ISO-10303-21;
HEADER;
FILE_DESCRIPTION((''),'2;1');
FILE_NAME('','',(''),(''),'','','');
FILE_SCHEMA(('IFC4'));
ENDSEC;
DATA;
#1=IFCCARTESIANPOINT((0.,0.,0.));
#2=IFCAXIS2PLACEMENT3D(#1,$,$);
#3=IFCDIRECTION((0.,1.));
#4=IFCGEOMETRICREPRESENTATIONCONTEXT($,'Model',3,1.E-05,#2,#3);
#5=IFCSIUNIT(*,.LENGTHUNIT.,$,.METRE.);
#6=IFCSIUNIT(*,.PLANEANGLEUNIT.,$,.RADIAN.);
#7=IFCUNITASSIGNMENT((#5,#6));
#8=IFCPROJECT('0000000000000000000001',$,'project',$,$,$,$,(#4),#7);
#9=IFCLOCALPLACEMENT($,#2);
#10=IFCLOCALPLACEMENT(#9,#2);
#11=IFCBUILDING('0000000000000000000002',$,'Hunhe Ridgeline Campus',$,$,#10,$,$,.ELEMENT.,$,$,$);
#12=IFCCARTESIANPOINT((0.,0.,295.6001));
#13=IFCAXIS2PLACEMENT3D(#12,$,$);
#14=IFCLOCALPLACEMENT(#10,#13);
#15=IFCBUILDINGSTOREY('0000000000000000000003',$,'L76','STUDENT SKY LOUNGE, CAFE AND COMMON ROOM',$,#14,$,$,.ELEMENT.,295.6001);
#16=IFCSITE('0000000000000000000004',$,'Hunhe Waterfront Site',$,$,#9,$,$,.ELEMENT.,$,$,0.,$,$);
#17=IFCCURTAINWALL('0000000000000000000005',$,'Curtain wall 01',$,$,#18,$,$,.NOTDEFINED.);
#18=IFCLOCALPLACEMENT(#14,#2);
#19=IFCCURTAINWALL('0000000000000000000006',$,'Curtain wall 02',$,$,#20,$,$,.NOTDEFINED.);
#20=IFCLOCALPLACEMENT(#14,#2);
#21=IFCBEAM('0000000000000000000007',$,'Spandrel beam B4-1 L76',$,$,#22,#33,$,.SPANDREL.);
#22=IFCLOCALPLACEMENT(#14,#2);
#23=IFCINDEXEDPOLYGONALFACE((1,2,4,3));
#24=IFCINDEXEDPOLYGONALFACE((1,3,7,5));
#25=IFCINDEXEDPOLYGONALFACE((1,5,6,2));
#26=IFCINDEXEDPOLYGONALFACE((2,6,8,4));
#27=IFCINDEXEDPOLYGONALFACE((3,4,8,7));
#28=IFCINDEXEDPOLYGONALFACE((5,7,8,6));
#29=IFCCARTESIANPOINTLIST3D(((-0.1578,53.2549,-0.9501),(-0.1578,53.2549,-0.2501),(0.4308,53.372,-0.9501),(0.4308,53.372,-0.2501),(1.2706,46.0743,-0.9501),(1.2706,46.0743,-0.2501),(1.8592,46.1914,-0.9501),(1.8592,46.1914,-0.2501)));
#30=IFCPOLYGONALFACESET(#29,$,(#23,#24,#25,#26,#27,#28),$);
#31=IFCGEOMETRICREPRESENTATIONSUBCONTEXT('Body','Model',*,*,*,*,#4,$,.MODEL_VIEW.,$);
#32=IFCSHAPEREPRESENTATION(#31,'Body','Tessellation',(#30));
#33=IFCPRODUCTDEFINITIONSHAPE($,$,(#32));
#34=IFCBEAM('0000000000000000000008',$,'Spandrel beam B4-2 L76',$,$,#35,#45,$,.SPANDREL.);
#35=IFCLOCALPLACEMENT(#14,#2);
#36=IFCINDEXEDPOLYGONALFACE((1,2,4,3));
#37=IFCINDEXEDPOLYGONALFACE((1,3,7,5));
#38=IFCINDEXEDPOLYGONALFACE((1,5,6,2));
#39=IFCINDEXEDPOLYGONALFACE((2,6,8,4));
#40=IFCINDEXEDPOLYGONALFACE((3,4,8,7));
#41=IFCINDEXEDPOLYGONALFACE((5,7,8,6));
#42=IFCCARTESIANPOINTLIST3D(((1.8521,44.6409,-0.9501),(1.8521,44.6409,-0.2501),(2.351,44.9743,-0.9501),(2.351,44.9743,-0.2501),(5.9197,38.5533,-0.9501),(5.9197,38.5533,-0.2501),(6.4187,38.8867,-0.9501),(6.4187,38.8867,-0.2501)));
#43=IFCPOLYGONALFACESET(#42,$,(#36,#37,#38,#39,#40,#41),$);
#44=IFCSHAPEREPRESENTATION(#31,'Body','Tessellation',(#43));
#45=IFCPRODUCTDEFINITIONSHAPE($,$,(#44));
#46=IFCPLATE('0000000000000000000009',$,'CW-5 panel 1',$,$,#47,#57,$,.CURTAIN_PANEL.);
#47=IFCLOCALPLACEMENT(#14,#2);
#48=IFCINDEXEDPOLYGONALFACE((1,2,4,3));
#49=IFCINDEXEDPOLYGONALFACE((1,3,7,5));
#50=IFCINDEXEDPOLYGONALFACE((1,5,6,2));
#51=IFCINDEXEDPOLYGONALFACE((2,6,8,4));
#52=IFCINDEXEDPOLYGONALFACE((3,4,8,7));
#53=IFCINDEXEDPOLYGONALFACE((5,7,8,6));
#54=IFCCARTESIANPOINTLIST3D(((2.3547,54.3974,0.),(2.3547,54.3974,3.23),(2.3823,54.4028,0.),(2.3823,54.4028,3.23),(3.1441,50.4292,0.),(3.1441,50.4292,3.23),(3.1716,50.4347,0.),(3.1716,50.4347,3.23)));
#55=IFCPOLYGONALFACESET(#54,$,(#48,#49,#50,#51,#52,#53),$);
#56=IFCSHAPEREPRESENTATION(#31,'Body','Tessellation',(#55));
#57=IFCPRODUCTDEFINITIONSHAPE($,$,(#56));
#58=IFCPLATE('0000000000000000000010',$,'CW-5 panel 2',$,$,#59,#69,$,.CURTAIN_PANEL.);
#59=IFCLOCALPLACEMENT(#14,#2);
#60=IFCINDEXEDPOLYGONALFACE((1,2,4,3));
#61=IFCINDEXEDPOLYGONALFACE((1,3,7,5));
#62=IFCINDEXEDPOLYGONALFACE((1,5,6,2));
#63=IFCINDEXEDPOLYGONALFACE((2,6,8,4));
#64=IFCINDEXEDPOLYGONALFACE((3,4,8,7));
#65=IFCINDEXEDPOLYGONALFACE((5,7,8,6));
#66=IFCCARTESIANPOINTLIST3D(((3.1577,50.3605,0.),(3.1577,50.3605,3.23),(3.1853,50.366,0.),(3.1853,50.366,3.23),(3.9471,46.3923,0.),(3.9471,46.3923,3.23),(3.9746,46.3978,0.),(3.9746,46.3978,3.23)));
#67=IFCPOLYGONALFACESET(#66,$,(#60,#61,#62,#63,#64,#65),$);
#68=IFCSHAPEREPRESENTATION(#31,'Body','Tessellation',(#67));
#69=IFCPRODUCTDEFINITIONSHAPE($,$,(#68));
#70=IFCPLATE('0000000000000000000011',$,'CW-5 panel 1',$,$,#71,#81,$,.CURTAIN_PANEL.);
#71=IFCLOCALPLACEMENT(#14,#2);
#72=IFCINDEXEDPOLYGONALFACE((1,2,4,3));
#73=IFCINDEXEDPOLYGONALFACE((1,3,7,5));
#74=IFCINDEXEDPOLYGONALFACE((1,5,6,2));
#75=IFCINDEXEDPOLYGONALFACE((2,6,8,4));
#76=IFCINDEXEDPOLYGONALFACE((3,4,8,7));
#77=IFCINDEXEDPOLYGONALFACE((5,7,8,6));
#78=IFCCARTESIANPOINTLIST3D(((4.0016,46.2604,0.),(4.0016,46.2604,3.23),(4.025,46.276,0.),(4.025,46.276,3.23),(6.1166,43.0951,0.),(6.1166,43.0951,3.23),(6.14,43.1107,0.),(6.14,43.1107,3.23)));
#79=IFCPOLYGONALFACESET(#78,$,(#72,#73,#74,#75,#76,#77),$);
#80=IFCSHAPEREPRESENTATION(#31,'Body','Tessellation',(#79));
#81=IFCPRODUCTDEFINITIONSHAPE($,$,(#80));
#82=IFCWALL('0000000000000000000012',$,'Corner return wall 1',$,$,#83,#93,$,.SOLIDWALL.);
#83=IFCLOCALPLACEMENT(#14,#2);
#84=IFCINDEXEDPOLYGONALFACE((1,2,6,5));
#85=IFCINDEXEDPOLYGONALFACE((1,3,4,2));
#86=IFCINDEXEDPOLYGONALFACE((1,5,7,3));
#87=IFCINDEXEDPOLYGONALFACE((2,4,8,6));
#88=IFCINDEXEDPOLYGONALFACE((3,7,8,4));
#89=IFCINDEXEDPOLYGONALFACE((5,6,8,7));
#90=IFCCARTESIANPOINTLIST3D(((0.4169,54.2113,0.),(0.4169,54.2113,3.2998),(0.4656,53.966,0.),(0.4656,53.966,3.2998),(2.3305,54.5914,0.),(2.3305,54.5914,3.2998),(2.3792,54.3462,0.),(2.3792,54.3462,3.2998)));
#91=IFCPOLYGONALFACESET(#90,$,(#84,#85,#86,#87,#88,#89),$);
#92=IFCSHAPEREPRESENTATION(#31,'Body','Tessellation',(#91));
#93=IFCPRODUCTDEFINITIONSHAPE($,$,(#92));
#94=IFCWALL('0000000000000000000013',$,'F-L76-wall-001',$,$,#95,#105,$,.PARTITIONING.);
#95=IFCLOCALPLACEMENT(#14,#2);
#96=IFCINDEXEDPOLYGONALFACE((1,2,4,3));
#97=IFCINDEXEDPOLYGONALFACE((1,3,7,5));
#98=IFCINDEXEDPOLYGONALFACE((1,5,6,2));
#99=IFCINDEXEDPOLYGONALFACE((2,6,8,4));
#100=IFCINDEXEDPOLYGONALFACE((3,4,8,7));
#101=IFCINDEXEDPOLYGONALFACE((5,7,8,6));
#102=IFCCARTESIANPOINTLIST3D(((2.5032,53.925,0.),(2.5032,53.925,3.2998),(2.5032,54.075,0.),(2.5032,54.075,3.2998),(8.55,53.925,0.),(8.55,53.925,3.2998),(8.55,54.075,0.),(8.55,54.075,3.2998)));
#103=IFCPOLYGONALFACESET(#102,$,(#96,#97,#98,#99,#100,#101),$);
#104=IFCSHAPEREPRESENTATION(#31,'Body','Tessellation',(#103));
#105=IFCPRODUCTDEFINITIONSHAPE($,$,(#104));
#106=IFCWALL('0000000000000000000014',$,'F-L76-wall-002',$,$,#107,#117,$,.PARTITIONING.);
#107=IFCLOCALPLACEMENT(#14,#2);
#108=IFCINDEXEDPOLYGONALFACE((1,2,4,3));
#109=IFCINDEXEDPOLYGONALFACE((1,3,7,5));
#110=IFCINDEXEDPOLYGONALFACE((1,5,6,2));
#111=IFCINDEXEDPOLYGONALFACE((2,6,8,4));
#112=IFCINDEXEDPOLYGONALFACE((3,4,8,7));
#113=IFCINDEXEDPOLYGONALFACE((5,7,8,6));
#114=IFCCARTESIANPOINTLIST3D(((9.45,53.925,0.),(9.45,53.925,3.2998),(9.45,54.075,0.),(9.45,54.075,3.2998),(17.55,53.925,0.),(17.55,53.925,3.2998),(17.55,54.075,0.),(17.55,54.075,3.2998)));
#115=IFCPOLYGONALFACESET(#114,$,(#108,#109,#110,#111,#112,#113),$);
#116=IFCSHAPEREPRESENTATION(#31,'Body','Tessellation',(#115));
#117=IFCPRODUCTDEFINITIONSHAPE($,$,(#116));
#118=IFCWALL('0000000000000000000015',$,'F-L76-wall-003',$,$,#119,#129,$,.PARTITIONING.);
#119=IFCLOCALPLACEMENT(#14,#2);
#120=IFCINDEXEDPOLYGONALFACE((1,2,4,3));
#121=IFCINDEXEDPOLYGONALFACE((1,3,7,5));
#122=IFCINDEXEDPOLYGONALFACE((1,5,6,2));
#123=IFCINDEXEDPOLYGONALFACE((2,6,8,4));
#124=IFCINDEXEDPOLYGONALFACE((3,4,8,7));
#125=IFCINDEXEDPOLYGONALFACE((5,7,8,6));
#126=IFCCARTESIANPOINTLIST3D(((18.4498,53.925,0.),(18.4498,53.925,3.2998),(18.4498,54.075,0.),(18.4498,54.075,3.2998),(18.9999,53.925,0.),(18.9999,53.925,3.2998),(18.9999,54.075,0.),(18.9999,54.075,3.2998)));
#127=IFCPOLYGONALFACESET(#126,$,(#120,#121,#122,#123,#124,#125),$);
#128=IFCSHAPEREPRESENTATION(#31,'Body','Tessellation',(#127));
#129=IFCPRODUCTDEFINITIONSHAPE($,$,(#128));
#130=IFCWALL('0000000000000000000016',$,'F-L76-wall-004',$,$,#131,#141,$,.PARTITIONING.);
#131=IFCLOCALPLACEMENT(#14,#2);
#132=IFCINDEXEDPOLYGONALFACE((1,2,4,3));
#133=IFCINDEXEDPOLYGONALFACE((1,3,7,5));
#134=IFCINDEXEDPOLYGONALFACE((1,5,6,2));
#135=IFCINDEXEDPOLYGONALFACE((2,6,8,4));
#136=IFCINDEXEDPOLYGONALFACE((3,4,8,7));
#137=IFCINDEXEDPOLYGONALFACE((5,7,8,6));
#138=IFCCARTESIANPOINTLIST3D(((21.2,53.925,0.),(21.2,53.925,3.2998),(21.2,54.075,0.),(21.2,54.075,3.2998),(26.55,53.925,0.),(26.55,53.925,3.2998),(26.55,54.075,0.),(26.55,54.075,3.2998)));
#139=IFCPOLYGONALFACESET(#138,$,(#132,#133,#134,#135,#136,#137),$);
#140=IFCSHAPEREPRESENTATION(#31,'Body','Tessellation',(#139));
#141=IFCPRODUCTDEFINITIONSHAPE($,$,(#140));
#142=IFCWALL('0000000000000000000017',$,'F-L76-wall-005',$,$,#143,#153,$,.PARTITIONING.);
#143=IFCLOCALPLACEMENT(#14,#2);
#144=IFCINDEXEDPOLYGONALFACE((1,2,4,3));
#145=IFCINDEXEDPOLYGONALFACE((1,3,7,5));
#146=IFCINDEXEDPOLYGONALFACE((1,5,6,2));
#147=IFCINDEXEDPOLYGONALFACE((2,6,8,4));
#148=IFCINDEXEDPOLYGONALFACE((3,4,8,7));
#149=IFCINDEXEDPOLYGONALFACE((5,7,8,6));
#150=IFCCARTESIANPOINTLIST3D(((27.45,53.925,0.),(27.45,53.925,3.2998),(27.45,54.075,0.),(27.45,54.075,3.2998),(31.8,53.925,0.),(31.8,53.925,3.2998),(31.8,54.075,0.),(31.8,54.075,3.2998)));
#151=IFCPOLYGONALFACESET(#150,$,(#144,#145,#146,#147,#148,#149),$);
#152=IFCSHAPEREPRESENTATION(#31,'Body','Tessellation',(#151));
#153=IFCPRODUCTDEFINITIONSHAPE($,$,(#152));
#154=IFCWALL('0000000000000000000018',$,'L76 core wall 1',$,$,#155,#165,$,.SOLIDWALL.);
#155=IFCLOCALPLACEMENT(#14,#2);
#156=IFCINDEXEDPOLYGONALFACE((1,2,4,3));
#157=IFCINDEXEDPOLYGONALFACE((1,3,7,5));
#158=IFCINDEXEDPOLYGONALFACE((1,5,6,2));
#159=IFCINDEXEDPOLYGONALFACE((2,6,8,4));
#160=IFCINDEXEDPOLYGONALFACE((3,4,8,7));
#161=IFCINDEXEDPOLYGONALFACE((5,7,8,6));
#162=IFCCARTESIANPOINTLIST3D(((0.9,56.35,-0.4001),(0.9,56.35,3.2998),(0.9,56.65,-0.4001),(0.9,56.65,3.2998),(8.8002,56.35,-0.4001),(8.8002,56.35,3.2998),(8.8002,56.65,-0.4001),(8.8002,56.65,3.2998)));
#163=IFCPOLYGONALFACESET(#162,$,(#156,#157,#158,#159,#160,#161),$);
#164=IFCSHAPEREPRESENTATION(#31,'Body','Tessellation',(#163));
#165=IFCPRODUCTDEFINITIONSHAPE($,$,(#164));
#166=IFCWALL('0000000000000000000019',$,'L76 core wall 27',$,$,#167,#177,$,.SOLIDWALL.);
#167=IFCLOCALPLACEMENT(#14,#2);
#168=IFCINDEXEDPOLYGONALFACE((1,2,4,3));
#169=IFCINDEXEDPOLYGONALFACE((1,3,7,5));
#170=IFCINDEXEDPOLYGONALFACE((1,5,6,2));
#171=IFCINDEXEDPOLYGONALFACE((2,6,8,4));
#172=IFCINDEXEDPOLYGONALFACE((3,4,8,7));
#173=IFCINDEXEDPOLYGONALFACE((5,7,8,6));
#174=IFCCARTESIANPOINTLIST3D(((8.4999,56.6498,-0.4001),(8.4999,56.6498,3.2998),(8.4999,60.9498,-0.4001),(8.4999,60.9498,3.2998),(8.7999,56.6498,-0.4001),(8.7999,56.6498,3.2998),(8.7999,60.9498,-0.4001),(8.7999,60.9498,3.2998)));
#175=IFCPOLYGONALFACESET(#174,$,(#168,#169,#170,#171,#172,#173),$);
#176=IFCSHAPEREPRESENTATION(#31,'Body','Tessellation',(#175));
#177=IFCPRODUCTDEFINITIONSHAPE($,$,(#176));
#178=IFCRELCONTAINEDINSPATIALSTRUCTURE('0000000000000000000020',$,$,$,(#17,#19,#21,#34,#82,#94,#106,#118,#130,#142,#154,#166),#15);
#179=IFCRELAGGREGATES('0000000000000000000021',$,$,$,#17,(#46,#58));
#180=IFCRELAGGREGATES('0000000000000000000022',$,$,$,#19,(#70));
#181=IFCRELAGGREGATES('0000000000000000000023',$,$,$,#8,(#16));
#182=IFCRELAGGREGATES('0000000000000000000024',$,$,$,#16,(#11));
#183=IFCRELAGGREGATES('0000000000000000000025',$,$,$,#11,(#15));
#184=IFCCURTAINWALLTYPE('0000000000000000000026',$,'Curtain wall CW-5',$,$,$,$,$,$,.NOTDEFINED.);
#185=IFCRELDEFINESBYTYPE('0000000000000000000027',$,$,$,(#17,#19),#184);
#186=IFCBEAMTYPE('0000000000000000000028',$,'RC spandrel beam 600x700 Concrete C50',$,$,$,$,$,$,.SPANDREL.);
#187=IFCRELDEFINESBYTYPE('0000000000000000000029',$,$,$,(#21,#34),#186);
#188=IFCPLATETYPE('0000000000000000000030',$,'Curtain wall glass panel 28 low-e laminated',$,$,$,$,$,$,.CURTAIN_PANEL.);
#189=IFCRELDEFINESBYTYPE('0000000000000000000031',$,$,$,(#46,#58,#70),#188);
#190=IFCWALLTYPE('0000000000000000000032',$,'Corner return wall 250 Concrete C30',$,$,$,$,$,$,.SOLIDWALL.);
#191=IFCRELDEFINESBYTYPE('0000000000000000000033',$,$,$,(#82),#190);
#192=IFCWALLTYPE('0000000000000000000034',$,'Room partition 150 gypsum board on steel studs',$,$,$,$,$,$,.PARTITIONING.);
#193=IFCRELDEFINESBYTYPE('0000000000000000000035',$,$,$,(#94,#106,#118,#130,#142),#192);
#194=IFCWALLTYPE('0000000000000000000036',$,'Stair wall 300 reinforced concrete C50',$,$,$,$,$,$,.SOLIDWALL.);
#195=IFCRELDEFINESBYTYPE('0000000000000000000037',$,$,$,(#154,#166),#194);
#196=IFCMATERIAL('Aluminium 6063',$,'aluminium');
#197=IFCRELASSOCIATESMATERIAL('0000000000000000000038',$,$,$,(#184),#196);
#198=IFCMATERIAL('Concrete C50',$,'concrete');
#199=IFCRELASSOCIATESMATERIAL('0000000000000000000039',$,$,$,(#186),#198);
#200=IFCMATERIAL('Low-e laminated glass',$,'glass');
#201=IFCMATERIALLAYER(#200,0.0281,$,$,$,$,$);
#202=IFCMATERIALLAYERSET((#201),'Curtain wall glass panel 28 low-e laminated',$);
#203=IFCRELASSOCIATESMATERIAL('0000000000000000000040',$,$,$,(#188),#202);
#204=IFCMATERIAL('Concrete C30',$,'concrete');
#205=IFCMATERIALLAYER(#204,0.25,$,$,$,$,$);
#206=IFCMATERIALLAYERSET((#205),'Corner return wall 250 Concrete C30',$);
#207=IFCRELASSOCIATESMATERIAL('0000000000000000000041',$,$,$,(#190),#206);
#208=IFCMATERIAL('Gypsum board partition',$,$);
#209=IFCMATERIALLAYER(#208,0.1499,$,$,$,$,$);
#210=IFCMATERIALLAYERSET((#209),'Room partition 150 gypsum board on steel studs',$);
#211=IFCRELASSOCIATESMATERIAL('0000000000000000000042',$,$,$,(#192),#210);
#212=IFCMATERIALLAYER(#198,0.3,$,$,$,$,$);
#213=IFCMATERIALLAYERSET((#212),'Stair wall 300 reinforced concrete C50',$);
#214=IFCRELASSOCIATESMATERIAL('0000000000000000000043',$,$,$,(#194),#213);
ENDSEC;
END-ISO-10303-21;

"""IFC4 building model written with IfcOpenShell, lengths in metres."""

from ifc_helpers import new_model, si_unit, direction, frame, frame_2d, origin, origin_2d, place, context, subcontext, project, spatial, rectangle, extrude, material, layer, layer_set, material_profile, profile_set, type_object, element, aggregate, save


model = new_model("IFC4")

# Units and contexts
model_context = context("Model", 3, precision=1e-05, world=origin(), true_north=direction((0.0, 1.0)))
body_context = subcontext(model_context, "Body", "Model", "MODEL_VIEW")
ifc_project = project(units=[si_unit("LENGTHUNIT", "METRE"), si_unit("PLANEANGLEUNIT", "RADIAN")], contexts=[model_context])

# Site, building, storey
site_placement = place(None, origin())
site = spatial("IfcSite", under=ifc_project, at=site_placement, Name="Hunhe Waterfront Site", CompositionType="ELEMENT", RefElevation=0.0)
building_placement = place(site_placement, origin())
building = spatial("IfcBuilding", under=site, at=building_placement, Name="Hunhe Ridgeline Campus", CompositionType="ELEMENT")
storey_placement = place(building_placement, frame((0.0, 0.0, 295.6001)))
storey = spatial("IfcBuildingStorey", under=building, at=storey_placement, Name="L76", Description="STUDENT SKY LOUNGE, CAFE AND COMMON ROOM", CompositionType="ELEMENT", Elevation=295.6001)

# Shared definitions
ifc_material_1 = material(Name="Concrete C50", Category="concrete")

# Curtain walls
ifc_material_2 = material(Name="Aluminium 6063", Category="aluminium")
curtain_wall_type = type_object("IfcCurtainWallType", Name="Curtain wall CW-5", PredefinedType="NOTDEFINED", material=ifc_material_2)
curtain_wall_1_placement = place(storey_placement, origin())
curtain_wall_1 = element("IfcCurtainWall", 1, at=curtain_wall_1_placement, inside=storey, type_object=curtain_wall_type, Name="Curtain wall 01", PredefinedType="NOTDEFINED")
curtain_wall_2_placement = place(storey_placement, origin())
curtain_wall_2 = element("IfcCurtainWall", 2, at=curtain_wall_2_placement, inside=storey, type_object=curtain_wall_type, Name="Curtain wall 02", PredefinedType="NOTDEFINED")

# Beams
ifc_material_profile_1 = material_profile(ifc_material_1, rectangle(XDim=0.6001, YDim=0.7, at=origin_2d()))
ifc_profile_set_1 = profile_set([ifc_material_profile_1], Name="Concrete C50")
beam_type = type_object("IfcBeamType", Name="RC spandrel beam 600x700 Concrete C50", PredefinedType="SPANDREL", material=ifc_profile_set_1)
beam_1_placement = place(storey_placement, frame((0.1365, 53.3135, -0.6001), z_axis=(0.195109, -0.980782, 0.0), x_axis=(0.980782, 0.195109, 0.0)))
element("IfcBeam", 3, at=beam_1_placement, inside=storey, type_object=beam_type, Name="Spandrel beam B4-1 L76", PredefinedType="SPANDREL", context=body_context, shape_type="SweptSolid", body=[
    extrude(rectangle(XDim=0.6001, YDim=0.7, at=origin_2d()), origin(), (0.0, 0.0, 1.0), 7.3213),
])
beam_2_placement = place(storey_placement, frame((2.1016, 44.8076, -0.6001), z_axis=(0.555569, -0.83147, 0.0), x_axis=(0.83147, 0.555569, 0.0)))
element("IfcBeam", 4, at=beam_2_placement, inside=storey, type_object=beam_type, Name="Spandrel beam B4-2 L76", PredefinedType="SPANDREL", context=body_context, shape_type="SweptSolid", body=[
    extrude(rectangle(XDim=0.6001, YDim=0.7, at=origin_2d()), origin(), (0.0, 0.0, 1.0), 7.3215),
])

# Plates
ifc_material_3 = material(Name="Low-e laminated glass", Category="glass")
ifc_layer_1 = layer(ifc_material_3, 0.0281)
ifc_layer_set_1 = layer_set([ifc_layer_1], Name="Curtain wall glass panel 28 low-e laminated")
plate_type = type_object("IfcPlateType", Name="Curtain wall glass panel 28 low-e laminated", PredefinedType="CURTAIN_PANEL", material=ifc_layer_set_1)
plate_1_placement = place(storey_placement, frame((2.7632, 52.416, 0.0), z_axis=(0.0, 0.0, 1.0), x_axis=(0.195095, -0.980784, 0.0)))
plate_1 = element("IfcPlate", 5, at=plate_1_placement, type_object=plate_type, Name="CW-5 panel 1", PredefinedType="CURTAIN_PANEL", context=body_context, shape_type="SweptSolid", body=[
    extrude(rectangle(XDim=4.0459, YDim=0.0281, at=origin_2d()), origin(), (0.0, 0.0, 1.0), 3.23),
])
plate_2_placement = place(storey_placement, frame((3.5662, 48.3792, 0.0), z_axis=(0.0, 0.0, 1.0), x_axis=(0.195095, -0.980784, 0.0)))
plate_2 = element("IfcPlate", 6, at=plate_2_placement, type_object=plate_type, Name="CW-5 panel 2", PredefinedType="CURTAIN_PANEL", context=body_context, shape_type="SweptSolid", body=[
    extrude(rectangle(XDim=4.0459, YDim=0.0281, at=origin_2d()), origin(), (0.0, 0.0, 1.0), 3.23),
])
aggregate(curtain_wall_1, [plate_1, plate_2])
plate_3_placement = place(storey_placement, frame((5.0708, 44.6855, 0.0), z_axis=(0.0, 0.0, 1.0), x_axis=(0.55557, -0.83147, 0.0)))
plate_3 = element("IfcPlate", 7, at=plate_3_placement, type_object=plate_type, Name="CW-5 panel 1", PredefinedType="CURTAIN_PANEL", context=body_context, shape_type="SweptSolid", body=[
    extrude(rectangle(XDim=3.8069, YDim=0.0281, at=origin_2d()), origin(), (0.0, 0.0, 1.0), 3.23),
])
aggregate(curtain_wall_2, [plate_3])

# Walls
ifc_material_4 = material(Name="Concrete C30", Category="concrete")
ifc_layer_2 = layer(ifc_material_4, 0.25)
ifc_layer_set_2 = layer_set([ifc_layer_2], Name="Corner return wall 250 Concrete C30")
wall_type_1 = type_object("IfcWallType", Name="Corner return wall 250 Concrete C30", PredefinedType="SOLIDWALL", material=ifc_layer_set_2)
wall_1_placement = place(storey_placement, frame((0.4412, 54.0886, 0.0), z_axis=(0.0, 0.0, 1.0), x_axis=(0.980835, 0.194841, 0.0)))
element("IfcWall", 8, at=wall_1_placement, inside=storey, type_object=wall_type_1, Name="Corner return wall 1", PredefinedType="SOLIDWALL", context=body_context, shape_type="SweptSolid", body=[
    extrude(rectangle(XDim=1.9509, YDim=0.25, at=frame_2d((0.9756, 0.0))), origin(), (0.0, 0.0, 1.0), 3.2998),
])
ifc_material_5 = material(Name="Gypsum board partition")
ifc_layer_3 = layer(ifc_material_5, 0.1499)
ifc_layer_set_3 = layer_set([ifc_layer_3], Name="Room partition 150 gypsum board on steel studs")
wall_type_2 = type_object("IfcWallType", Name="Room partition 150 gypsum board on steel studs", PredefinedType="PARTITIONING", material=ifc_layer_set_3)
wall_2_placement = place(storey_placement, frame((2.5032, 54.0, 0.0), z_axis=(0.0, 0.0, 1.0), x_axis=(1.0, 0.0, 0.0)))
element("IfcWall", 9, at=wall_2_placement, inside=storey, type_object=wall_type_2, Name="F-L76-wall-001", PredefinedType="PARTITIONING", context=body_context, shape_type="SweptSolid", body=[
    extrude(rectangle(XDim=6.0469, YDim=0.1499, at=frame_2d((3.0234, 0.0))), origin(), (0.0, 0.0, 1.0), 3.2998),
])
wall_3_placement = place(storey_placement, frame((9.45, 54.0, 0.0), z_axis=(0.0, 0.0, 1.0), x_axis=(1.0, 0.0, 0.0)))
element("IfcWall", 10, at=wall_3_placement, inside=storey, type_object=wall_type_2, Name="F-L76-wall-002", PredefinedType="PARTITIONING", context=body_context, shape_type="SweptSolid", body=[
    extrude(rectangle(XDim=8.1001, YDim=0.1499, at=frame_2d((4.05, 0.0))), origin(), (0.0, 0.0, 1.0), 3.2998),
])
wall_4_placement = place(storey_placement, frame((18.45, 54.0, 0.0), z_axis=(0.0, 0.0, 1.0), x_axis=(1.0, 0.0, 0.0)))
element("IfcWall", 11, at=wall_4_placement, inside=storey, type_object=wall_type_2, Name="F-L76-wall-003", PredefinedType="PARTITIONING", context=body_context, shape_type="SweptSolid", body=[
    extrude(rectangle(XDim=0.55, YDim=0.1499, at=frame_2d((0.2749, 0.0))), origin(), (0.0, 0.0, 1.0), 3.2998),
])
wall_5_placement = place(storey_placement, frame((21.2, 54.0, 0.0), z_axis=(0.0, 0.0, 1.0), x_axis=(1.0, 0.0, 0.0)))
element("IfcWall", 12, at=wall_5_placement, inside=storey, type_object=wall_type_2, Name="F-L76-wall-004", PredefinedType="PARTITIONING", context=body_context, shape_type="SweptSolid", body=[
    extrude(rectangle(XDim=5.3501, YDim=0.1499, at=frame_2d((2.675, 0.0))), origin(), (0.0, 0.0, 1.0), 3.2998),
])
wall_6_placement = place(storey_placement, frame((27.45, 54.0, 0.0), z_axis=(0.0, 0.0, 1.0), x_axis=(1.0, 0.0, 0.0)))
element("IfcWall", 13, at=wall_6_placement, inside=storey, type_object=wall_type_2, Name="F-L76-wall-005", PredefinedType="PARTITIONING", context=body_context, shape_type="SweptSolid", body=[
    extrude(rectangle(XDim=4.3501, YDim=0.1499, at=frame_2d((2.175, 0.0))), origin(), (0.0, 0.0, 1.0), 3.2998),
])
ifc_layer_4 = layer(ifc_material_1, 0.3)
ifc_layer_set_4 = layer_set([ifc_layer_4], Name="Stair wall 300 reinforced concrete C50")
wall_type_3 = type_object("IfcWallType", Name="Stair wall 300 reinforced concrete C50", PredefinedType="SOLIDWALL", material=ifc_layer_set_4)
wall_7_placement = place(storey_placement, frame((0.8999, 56.5, -0.4001), z_axis=(0.0, 0.0, 1.0), x_axis=(1.0, 0.0, 0.0)))
element("IfcWall", 14, at=wall_7_placement, inside=storey, type_object=wall_type_3, Name="L76 core wall 1", PredefinedType="SOLIDWALL", context=body_context, shape_type="SweptSolid", body=[
    extrude(rectangle(XDim=7.9001, YDim=0.3, at=frame_2d((3.9502, 0.0))), origin(), (0.0, 0.0, 1.0), 3.7),
])
wall_8_placement = place(storey_placement, frame((8.6499, 56.6499, -0.4001), z_axis=(0.0, 0.0, 1.0), x_axis=(0.0, 1.0, 0.0)))
element("IfcWall", 15, at=wall_8_placement, inside=storey, type_object=wall_type_3, Name="L76 core wall 27", PredefinedType="SOLIDWALL", context=body_context, shape_type="SweptSolid", body=[
    extrude(rectangle(XDim=4.3, YDim=0.3, at=frame_2d((2.1499, 0.0))), origin(), (0.0, 0.0, 1.0), 3.7),
])

save(model, "model.ifc")
